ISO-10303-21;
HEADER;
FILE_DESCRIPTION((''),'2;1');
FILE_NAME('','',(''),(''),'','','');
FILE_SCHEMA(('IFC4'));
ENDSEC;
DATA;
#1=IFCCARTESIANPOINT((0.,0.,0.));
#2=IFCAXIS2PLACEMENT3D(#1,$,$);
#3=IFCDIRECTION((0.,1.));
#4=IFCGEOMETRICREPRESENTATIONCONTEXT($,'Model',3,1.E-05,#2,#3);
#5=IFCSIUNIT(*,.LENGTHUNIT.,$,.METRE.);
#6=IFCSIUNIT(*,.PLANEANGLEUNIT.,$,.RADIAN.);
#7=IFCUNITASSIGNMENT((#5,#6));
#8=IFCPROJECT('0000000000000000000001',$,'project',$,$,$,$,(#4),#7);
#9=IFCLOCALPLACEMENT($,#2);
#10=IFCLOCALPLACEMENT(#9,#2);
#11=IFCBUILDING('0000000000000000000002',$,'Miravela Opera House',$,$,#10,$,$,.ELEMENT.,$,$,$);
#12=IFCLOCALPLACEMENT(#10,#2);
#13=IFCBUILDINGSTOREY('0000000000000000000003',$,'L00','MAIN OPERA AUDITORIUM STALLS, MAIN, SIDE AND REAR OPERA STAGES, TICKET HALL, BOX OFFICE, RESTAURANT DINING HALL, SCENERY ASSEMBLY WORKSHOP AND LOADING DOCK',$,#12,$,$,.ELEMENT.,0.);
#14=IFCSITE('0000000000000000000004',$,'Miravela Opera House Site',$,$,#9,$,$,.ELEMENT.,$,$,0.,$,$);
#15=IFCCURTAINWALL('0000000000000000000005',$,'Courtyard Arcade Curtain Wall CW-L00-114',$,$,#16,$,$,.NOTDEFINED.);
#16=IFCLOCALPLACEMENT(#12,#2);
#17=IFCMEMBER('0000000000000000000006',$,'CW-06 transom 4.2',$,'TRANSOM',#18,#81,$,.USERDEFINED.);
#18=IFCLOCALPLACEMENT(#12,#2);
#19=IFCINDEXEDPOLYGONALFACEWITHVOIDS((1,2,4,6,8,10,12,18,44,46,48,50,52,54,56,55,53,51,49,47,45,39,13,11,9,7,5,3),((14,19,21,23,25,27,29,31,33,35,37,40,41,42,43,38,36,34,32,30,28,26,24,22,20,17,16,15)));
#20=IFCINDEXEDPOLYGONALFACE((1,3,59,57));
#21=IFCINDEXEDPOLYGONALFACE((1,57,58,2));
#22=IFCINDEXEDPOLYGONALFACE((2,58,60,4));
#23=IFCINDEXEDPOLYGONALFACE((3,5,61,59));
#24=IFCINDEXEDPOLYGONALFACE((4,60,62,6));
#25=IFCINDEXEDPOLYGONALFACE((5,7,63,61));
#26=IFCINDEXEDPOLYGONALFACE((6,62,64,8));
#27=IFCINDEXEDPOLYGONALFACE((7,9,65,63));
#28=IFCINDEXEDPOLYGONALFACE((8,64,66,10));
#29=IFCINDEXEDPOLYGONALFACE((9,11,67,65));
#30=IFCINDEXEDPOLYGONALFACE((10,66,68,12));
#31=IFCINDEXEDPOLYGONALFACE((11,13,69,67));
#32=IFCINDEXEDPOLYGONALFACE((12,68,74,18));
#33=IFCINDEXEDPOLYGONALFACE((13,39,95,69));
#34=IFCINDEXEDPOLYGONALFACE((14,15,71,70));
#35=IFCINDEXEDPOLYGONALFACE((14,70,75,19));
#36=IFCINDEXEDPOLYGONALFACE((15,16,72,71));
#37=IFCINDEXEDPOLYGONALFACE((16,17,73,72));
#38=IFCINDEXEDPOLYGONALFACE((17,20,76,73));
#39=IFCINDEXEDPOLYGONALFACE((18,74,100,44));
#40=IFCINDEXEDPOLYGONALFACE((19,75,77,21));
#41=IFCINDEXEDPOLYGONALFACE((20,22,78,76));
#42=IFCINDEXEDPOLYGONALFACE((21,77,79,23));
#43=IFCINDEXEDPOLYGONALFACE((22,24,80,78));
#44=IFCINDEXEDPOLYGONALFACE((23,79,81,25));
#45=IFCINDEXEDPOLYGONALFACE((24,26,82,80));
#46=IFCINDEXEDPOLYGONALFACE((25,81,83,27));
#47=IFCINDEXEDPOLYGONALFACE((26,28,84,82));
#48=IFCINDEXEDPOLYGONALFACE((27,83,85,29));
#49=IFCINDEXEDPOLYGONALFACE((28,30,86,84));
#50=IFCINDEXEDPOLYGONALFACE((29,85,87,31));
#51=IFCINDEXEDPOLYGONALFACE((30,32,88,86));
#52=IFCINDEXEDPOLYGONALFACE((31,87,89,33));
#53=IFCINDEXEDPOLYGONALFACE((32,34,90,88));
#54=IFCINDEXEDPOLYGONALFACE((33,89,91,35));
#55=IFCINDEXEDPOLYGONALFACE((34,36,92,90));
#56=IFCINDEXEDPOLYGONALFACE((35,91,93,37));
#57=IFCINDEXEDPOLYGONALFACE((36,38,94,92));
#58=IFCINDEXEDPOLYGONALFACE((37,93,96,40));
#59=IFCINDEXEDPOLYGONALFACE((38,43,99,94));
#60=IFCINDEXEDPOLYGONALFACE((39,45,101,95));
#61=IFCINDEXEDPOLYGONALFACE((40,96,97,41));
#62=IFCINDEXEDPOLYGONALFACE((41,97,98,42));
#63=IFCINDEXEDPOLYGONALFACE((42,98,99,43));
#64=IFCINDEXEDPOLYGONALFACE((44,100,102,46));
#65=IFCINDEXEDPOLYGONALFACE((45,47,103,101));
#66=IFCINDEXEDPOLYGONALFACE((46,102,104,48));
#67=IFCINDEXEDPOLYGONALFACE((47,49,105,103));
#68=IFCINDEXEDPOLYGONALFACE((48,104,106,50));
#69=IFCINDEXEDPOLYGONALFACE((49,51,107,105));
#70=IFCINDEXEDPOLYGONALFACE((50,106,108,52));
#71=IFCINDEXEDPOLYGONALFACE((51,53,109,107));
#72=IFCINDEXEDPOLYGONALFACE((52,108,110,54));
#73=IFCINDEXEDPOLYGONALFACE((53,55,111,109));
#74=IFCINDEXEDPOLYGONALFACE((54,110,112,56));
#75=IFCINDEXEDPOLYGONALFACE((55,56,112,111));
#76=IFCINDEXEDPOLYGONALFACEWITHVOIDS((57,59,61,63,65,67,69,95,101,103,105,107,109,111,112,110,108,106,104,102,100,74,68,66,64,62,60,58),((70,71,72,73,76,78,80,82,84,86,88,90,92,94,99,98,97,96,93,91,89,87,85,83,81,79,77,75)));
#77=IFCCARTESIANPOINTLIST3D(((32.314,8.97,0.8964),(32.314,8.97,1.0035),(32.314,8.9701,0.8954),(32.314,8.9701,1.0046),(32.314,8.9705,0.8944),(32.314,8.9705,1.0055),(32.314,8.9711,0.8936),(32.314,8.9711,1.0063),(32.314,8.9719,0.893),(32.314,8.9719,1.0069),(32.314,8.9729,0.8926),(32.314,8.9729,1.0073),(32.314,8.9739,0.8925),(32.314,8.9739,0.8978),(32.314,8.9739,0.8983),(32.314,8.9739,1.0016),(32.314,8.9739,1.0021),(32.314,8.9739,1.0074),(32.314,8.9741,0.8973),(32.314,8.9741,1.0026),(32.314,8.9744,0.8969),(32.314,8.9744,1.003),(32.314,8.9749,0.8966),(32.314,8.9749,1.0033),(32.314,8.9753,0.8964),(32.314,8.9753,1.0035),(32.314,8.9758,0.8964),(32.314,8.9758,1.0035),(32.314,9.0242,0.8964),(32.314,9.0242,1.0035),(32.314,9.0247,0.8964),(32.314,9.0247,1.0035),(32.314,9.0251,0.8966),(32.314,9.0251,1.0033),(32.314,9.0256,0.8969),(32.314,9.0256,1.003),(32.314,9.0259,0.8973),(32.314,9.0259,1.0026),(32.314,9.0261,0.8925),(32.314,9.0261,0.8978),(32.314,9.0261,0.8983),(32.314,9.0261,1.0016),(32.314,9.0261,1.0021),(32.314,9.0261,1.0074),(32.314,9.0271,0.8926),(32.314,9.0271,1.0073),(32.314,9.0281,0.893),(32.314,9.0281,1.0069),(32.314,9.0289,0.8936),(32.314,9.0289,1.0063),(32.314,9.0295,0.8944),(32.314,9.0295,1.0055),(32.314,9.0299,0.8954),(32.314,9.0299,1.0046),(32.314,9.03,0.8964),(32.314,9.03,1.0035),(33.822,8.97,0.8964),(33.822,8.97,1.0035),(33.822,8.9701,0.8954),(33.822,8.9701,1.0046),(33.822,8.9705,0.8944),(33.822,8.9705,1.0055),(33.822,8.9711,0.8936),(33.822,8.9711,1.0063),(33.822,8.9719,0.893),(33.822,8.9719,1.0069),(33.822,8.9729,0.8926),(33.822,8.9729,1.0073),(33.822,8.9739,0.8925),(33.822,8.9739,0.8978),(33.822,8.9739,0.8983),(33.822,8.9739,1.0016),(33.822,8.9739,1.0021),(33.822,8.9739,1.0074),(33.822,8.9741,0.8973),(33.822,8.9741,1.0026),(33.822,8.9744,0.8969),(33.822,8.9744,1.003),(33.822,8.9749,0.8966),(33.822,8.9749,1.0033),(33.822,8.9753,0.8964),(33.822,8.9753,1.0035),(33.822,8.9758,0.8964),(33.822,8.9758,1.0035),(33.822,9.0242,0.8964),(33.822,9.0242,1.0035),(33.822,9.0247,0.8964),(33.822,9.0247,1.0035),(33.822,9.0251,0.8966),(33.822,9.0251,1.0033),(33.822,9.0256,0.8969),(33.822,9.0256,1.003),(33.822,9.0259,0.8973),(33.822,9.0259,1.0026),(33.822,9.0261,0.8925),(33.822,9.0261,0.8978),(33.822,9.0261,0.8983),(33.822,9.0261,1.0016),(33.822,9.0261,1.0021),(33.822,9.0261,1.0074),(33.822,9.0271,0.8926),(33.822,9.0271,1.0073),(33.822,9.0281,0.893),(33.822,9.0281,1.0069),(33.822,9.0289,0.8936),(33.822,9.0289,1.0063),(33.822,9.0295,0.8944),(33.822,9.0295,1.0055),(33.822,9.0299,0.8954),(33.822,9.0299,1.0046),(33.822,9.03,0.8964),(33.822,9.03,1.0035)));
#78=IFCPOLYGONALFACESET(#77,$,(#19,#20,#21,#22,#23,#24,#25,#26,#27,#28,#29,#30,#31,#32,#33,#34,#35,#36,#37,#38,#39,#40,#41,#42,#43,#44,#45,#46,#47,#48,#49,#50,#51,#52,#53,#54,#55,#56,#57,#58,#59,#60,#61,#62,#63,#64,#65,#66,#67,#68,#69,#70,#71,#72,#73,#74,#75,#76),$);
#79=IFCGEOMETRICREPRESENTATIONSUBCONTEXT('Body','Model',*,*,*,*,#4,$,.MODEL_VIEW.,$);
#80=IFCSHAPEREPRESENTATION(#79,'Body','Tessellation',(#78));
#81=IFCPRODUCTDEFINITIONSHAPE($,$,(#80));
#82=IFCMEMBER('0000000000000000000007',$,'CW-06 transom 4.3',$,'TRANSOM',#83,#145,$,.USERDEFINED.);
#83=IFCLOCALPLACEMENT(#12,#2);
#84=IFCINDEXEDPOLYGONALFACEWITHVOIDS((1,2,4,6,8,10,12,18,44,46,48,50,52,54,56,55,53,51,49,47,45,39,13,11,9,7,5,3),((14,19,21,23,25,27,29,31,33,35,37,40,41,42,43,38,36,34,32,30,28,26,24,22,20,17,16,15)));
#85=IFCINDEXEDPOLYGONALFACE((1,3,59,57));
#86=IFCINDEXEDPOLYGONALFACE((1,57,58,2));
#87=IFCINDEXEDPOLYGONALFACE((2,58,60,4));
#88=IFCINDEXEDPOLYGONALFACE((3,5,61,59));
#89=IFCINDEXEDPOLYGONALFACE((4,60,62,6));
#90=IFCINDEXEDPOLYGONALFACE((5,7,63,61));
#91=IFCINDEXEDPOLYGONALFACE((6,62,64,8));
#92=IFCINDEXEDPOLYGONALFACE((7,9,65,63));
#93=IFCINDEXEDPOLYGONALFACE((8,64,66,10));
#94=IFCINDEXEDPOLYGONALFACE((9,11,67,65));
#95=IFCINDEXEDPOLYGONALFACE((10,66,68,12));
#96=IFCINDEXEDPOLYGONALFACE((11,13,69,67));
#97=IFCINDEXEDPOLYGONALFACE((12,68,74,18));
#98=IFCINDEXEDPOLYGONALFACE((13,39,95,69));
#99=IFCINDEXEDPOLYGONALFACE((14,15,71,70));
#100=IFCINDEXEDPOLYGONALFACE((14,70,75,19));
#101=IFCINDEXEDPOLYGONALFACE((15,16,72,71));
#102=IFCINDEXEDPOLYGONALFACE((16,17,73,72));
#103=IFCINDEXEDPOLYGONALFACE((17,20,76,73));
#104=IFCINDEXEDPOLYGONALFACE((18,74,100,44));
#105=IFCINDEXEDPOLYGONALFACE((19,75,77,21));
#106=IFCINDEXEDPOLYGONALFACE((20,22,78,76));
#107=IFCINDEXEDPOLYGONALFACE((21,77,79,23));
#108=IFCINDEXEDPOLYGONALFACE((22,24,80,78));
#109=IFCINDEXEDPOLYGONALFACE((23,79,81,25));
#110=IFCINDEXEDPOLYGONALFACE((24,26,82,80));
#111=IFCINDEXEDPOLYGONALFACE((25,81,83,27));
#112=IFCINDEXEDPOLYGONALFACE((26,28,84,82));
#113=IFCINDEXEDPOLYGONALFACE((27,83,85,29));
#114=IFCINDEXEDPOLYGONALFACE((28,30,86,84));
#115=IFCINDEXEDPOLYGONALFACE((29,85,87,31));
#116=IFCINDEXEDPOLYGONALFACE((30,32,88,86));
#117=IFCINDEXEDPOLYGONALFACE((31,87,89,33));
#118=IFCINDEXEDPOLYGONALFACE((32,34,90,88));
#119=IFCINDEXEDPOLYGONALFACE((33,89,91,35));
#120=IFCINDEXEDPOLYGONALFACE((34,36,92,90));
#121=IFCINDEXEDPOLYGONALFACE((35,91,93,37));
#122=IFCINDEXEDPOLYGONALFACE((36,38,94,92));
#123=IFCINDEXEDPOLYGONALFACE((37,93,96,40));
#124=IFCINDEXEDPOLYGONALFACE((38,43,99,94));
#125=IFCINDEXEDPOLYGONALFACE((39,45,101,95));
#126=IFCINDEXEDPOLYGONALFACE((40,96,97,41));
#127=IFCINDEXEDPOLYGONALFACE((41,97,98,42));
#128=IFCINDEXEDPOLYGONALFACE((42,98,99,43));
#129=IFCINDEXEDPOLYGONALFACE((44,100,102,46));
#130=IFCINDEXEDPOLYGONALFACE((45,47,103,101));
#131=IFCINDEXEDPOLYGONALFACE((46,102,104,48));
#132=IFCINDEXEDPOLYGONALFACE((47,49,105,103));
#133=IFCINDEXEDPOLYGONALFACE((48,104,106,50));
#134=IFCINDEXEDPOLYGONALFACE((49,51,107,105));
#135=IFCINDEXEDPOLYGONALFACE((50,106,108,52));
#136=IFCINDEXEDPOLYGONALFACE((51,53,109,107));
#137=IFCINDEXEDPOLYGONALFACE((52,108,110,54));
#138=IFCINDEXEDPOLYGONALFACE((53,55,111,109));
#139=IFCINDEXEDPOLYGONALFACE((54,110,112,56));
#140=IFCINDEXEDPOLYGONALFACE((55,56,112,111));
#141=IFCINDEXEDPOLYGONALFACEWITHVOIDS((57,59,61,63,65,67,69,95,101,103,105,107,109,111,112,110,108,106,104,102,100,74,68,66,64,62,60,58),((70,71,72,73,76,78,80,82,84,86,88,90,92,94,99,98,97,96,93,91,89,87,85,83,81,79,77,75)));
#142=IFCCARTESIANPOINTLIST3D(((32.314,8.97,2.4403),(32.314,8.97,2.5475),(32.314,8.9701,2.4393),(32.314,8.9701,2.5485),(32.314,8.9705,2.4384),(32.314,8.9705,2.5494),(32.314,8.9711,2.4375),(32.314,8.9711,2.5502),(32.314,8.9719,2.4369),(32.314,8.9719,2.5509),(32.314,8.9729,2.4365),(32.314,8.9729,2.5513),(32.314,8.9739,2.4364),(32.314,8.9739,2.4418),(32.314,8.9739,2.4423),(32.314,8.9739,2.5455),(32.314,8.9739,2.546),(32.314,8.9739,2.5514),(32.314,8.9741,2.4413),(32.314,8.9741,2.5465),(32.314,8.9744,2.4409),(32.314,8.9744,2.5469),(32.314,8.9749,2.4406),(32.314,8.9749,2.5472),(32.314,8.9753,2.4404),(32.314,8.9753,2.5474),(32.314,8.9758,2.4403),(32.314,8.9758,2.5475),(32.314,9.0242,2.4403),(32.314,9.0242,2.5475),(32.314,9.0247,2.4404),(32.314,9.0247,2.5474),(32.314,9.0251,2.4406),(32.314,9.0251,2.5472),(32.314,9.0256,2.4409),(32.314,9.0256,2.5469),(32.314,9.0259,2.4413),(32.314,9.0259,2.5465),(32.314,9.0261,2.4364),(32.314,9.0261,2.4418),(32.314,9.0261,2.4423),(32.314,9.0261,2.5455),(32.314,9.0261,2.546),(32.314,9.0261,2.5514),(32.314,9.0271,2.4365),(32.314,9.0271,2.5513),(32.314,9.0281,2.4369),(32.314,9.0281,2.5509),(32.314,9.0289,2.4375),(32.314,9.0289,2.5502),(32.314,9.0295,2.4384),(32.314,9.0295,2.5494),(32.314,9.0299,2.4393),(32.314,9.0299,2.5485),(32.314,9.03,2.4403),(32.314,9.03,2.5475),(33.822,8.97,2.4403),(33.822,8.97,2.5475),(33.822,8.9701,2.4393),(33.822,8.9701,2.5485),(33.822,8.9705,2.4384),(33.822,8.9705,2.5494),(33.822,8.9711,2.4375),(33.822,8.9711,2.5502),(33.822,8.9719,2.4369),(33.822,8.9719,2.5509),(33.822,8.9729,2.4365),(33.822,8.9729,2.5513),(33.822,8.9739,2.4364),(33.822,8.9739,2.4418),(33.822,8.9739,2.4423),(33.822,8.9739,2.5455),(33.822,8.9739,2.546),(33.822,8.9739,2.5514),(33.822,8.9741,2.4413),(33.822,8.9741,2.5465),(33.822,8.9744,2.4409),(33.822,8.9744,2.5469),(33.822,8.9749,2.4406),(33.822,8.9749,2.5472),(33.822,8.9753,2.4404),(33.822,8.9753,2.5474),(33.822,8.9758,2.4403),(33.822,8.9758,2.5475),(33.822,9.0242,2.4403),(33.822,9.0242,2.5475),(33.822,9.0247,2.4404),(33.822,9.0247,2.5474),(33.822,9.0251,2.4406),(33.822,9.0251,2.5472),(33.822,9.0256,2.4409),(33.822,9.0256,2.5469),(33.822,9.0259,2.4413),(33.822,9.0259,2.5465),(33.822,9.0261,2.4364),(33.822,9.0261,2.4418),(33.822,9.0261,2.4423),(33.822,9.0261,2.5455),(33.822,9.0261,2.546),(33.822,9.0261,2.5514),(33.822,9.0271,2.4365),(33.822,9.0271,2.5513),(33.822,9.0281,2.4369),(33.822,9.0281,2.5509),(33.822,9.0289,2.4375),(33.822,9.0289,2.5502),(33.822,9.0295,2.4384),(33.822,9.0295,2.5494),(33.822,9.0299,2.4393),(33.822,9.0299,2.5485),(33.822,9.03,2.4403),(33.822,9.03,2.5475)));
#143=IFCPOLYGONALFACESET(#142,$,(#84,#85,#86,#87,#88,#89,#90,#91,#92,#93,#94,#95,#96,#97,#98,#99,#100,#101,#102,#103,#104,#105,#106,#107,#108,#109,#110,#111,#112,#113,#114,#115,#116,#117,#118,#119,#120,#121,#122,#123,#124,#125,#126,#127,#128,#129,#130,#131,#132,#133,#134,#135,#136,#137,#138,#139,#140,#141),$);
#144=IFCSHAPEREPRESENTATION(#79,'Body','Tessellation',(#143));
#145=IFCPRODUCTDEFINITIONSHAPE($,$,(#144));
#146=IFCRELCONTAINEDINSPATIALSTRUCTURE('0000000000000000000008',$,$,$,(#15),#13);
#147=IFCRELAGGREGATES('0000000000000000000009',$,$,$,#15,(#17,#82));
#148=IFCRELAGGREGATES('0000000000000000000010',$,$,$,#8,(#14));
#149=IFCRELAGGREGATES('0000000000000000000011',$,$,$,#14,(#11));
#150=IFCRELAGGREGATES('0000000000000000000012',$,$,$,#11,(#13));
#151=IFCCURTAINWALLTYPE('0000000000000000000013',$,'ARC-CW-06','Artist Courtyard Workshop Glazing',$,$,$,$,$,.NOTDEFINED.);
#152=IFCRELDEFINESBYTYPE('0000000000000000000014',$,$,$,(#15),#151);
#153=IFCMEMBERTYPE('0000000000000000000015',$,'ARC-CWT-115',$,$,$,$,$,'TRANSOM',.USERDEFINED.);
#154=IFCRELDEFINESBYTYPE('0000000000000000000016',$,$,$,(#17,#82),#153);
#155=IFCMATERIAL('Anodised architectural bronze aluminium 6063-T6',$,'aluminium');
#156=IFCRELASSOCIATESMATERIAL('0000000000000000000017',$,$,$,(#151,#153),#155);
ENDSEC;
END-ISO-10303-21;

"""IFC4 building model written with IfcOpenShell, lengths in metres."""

from ifc_helpers import new_model, si_unit, direction, frame, origin, origin_2d, place, context, subcontext, project, spatial, hollow_rectangle, extrude, material, material_profile, profile_set, type_object, element, aggregate, save


model = new_model("IFC4")

# Units and contexts
model_context = context("Model", 3, precision=1e-05, world=origin(), true_north=direction((0.0, 1.0)))
body_context = subcontext(model_context, "Body", "Model", "MODEL_VIEW")
ifc_project = project(units=[si_unit("LENGTHUNIT", "METRE"), si_unit("PLANEANGLEUNIT", "RADIAN")], contexts=[model_context])

# Site, building, storey
site_placement = place(None, origin())
site = spatial("IfcSite", under=ifc_project, at=site_placement, Name="Miravela Opera House Site", CompositionType="ELEMENT", RefElevation=0.0)
building_placement = place(site_placement, origin())
building = spatial("IfcBuilding", under=site, at=building_placement, Name="Miravela Opera House", CompositionType="ELEMENT")
storey_placement = place(building_placement, origin())
storey = spatial("IfcBuildingStorey", under=building, at=storey_placement, Name="L00", Description="MAIN OPERA AUDITORIUM STALLS, MAIN, SIDE AND REAR OPERA STAGES, TICKET HALL, BOX OFFICE, RESTAURANT DINING HALL, SCENERY ASSEMBLY WORKSHOP AND LOADING DOCK", CompositionType="ELEMENT", Elevation=0.0)

# Curtain wall, members
ifc_material_1 = material(Name="Anodised architectural bronze aluminium 6063-T6", Category="aluminium")
curtain_wall_type = type_object("IfcCurtainWallType", Name="ARC-CW-06", Description="Artist Courtyard Workshop Glazing", PredefinedType="NOTDEFINED", material=ifc_material_1)
curtain_wall_placement = place(storey_placement, origin())
curtain_wall = element("IfcCurtainWall", 1, at=curtain_wall_placement, inside=storey, type_object=curtain_wall_type, Name="Courtyard Arcade Curtain Wall CW-L00-114", PredefinedType="NOTDEFINED")
ifc_material_profile_1 = material_profile(ifc_material_1, hollow_rectangle(XDim=0.0601, YDim=0.115, WallThickness=0.0039, InnerFilletRadius=0.002, OuterFilletRadius=0.0039, at=origin_2d()), Name="CWT-60X115")
ifc_profile_set_1 = profile_set([ifc_material_profile_1])
member_type_1 = type_object("IfcMemberType", Name="ARC-CWT-115", ElementType="TRANSOM", PredefinedType="USERDEFINED", material=ifc_profile_set_1)
member_1_placement = place(storey_placement, frame((32.314, 9.0, 0.95), z_axis=(1.0, 0.0, 0.0), x_axis=(0.0, 1.0, 0.0)))
member_1 = element("IfcMember", 2, at=member_1_placement, type_object=member_type_1, Name="CW-06 transom 4.2", ObjectType="TRANSOM", PredefinedType="USERDEFINED", context=body_context, shape_type="SweptSolid", body=[
    extrude(hollow_rectangle(XDim=0.0601, YDim=0.115, WallThickness=0.0039, InnerFilletRadius=0.002, OuterFilletRadius=0.0039, at=origin_2d()), origin(), (0.0, 0.0, 1.0), 1.5081),
])
member_2_placement = place(storey_placement, frame((32.314, 9.0, 2.4939), z_axis=(1.0, 0.0, 0.0), x_axis=(0.0, 1.0, 0.0)))
member_2 = element("IfcMember", 3, at=member_2_placement, type_object=member_type_1, Name="CW-06 transom 4.3", ObjectType="TRANSOM", PredefinedType="USERDEFINED", context=body_context, shape_type="SweptSolid", body=[
    extrude(hollow_rectangle(XDim=0.0601, YDim=0.115, WallThickness=0.0039, InnerFilletRadius=0.002, OuterFilletRadius=0.0039, at=origin_2d()), origin(), (0.0, 0.0, 1.0), 1.5081),
])
aggregate(curtain_wall, [member_1, member_2])

save(model, "model.ifc")
